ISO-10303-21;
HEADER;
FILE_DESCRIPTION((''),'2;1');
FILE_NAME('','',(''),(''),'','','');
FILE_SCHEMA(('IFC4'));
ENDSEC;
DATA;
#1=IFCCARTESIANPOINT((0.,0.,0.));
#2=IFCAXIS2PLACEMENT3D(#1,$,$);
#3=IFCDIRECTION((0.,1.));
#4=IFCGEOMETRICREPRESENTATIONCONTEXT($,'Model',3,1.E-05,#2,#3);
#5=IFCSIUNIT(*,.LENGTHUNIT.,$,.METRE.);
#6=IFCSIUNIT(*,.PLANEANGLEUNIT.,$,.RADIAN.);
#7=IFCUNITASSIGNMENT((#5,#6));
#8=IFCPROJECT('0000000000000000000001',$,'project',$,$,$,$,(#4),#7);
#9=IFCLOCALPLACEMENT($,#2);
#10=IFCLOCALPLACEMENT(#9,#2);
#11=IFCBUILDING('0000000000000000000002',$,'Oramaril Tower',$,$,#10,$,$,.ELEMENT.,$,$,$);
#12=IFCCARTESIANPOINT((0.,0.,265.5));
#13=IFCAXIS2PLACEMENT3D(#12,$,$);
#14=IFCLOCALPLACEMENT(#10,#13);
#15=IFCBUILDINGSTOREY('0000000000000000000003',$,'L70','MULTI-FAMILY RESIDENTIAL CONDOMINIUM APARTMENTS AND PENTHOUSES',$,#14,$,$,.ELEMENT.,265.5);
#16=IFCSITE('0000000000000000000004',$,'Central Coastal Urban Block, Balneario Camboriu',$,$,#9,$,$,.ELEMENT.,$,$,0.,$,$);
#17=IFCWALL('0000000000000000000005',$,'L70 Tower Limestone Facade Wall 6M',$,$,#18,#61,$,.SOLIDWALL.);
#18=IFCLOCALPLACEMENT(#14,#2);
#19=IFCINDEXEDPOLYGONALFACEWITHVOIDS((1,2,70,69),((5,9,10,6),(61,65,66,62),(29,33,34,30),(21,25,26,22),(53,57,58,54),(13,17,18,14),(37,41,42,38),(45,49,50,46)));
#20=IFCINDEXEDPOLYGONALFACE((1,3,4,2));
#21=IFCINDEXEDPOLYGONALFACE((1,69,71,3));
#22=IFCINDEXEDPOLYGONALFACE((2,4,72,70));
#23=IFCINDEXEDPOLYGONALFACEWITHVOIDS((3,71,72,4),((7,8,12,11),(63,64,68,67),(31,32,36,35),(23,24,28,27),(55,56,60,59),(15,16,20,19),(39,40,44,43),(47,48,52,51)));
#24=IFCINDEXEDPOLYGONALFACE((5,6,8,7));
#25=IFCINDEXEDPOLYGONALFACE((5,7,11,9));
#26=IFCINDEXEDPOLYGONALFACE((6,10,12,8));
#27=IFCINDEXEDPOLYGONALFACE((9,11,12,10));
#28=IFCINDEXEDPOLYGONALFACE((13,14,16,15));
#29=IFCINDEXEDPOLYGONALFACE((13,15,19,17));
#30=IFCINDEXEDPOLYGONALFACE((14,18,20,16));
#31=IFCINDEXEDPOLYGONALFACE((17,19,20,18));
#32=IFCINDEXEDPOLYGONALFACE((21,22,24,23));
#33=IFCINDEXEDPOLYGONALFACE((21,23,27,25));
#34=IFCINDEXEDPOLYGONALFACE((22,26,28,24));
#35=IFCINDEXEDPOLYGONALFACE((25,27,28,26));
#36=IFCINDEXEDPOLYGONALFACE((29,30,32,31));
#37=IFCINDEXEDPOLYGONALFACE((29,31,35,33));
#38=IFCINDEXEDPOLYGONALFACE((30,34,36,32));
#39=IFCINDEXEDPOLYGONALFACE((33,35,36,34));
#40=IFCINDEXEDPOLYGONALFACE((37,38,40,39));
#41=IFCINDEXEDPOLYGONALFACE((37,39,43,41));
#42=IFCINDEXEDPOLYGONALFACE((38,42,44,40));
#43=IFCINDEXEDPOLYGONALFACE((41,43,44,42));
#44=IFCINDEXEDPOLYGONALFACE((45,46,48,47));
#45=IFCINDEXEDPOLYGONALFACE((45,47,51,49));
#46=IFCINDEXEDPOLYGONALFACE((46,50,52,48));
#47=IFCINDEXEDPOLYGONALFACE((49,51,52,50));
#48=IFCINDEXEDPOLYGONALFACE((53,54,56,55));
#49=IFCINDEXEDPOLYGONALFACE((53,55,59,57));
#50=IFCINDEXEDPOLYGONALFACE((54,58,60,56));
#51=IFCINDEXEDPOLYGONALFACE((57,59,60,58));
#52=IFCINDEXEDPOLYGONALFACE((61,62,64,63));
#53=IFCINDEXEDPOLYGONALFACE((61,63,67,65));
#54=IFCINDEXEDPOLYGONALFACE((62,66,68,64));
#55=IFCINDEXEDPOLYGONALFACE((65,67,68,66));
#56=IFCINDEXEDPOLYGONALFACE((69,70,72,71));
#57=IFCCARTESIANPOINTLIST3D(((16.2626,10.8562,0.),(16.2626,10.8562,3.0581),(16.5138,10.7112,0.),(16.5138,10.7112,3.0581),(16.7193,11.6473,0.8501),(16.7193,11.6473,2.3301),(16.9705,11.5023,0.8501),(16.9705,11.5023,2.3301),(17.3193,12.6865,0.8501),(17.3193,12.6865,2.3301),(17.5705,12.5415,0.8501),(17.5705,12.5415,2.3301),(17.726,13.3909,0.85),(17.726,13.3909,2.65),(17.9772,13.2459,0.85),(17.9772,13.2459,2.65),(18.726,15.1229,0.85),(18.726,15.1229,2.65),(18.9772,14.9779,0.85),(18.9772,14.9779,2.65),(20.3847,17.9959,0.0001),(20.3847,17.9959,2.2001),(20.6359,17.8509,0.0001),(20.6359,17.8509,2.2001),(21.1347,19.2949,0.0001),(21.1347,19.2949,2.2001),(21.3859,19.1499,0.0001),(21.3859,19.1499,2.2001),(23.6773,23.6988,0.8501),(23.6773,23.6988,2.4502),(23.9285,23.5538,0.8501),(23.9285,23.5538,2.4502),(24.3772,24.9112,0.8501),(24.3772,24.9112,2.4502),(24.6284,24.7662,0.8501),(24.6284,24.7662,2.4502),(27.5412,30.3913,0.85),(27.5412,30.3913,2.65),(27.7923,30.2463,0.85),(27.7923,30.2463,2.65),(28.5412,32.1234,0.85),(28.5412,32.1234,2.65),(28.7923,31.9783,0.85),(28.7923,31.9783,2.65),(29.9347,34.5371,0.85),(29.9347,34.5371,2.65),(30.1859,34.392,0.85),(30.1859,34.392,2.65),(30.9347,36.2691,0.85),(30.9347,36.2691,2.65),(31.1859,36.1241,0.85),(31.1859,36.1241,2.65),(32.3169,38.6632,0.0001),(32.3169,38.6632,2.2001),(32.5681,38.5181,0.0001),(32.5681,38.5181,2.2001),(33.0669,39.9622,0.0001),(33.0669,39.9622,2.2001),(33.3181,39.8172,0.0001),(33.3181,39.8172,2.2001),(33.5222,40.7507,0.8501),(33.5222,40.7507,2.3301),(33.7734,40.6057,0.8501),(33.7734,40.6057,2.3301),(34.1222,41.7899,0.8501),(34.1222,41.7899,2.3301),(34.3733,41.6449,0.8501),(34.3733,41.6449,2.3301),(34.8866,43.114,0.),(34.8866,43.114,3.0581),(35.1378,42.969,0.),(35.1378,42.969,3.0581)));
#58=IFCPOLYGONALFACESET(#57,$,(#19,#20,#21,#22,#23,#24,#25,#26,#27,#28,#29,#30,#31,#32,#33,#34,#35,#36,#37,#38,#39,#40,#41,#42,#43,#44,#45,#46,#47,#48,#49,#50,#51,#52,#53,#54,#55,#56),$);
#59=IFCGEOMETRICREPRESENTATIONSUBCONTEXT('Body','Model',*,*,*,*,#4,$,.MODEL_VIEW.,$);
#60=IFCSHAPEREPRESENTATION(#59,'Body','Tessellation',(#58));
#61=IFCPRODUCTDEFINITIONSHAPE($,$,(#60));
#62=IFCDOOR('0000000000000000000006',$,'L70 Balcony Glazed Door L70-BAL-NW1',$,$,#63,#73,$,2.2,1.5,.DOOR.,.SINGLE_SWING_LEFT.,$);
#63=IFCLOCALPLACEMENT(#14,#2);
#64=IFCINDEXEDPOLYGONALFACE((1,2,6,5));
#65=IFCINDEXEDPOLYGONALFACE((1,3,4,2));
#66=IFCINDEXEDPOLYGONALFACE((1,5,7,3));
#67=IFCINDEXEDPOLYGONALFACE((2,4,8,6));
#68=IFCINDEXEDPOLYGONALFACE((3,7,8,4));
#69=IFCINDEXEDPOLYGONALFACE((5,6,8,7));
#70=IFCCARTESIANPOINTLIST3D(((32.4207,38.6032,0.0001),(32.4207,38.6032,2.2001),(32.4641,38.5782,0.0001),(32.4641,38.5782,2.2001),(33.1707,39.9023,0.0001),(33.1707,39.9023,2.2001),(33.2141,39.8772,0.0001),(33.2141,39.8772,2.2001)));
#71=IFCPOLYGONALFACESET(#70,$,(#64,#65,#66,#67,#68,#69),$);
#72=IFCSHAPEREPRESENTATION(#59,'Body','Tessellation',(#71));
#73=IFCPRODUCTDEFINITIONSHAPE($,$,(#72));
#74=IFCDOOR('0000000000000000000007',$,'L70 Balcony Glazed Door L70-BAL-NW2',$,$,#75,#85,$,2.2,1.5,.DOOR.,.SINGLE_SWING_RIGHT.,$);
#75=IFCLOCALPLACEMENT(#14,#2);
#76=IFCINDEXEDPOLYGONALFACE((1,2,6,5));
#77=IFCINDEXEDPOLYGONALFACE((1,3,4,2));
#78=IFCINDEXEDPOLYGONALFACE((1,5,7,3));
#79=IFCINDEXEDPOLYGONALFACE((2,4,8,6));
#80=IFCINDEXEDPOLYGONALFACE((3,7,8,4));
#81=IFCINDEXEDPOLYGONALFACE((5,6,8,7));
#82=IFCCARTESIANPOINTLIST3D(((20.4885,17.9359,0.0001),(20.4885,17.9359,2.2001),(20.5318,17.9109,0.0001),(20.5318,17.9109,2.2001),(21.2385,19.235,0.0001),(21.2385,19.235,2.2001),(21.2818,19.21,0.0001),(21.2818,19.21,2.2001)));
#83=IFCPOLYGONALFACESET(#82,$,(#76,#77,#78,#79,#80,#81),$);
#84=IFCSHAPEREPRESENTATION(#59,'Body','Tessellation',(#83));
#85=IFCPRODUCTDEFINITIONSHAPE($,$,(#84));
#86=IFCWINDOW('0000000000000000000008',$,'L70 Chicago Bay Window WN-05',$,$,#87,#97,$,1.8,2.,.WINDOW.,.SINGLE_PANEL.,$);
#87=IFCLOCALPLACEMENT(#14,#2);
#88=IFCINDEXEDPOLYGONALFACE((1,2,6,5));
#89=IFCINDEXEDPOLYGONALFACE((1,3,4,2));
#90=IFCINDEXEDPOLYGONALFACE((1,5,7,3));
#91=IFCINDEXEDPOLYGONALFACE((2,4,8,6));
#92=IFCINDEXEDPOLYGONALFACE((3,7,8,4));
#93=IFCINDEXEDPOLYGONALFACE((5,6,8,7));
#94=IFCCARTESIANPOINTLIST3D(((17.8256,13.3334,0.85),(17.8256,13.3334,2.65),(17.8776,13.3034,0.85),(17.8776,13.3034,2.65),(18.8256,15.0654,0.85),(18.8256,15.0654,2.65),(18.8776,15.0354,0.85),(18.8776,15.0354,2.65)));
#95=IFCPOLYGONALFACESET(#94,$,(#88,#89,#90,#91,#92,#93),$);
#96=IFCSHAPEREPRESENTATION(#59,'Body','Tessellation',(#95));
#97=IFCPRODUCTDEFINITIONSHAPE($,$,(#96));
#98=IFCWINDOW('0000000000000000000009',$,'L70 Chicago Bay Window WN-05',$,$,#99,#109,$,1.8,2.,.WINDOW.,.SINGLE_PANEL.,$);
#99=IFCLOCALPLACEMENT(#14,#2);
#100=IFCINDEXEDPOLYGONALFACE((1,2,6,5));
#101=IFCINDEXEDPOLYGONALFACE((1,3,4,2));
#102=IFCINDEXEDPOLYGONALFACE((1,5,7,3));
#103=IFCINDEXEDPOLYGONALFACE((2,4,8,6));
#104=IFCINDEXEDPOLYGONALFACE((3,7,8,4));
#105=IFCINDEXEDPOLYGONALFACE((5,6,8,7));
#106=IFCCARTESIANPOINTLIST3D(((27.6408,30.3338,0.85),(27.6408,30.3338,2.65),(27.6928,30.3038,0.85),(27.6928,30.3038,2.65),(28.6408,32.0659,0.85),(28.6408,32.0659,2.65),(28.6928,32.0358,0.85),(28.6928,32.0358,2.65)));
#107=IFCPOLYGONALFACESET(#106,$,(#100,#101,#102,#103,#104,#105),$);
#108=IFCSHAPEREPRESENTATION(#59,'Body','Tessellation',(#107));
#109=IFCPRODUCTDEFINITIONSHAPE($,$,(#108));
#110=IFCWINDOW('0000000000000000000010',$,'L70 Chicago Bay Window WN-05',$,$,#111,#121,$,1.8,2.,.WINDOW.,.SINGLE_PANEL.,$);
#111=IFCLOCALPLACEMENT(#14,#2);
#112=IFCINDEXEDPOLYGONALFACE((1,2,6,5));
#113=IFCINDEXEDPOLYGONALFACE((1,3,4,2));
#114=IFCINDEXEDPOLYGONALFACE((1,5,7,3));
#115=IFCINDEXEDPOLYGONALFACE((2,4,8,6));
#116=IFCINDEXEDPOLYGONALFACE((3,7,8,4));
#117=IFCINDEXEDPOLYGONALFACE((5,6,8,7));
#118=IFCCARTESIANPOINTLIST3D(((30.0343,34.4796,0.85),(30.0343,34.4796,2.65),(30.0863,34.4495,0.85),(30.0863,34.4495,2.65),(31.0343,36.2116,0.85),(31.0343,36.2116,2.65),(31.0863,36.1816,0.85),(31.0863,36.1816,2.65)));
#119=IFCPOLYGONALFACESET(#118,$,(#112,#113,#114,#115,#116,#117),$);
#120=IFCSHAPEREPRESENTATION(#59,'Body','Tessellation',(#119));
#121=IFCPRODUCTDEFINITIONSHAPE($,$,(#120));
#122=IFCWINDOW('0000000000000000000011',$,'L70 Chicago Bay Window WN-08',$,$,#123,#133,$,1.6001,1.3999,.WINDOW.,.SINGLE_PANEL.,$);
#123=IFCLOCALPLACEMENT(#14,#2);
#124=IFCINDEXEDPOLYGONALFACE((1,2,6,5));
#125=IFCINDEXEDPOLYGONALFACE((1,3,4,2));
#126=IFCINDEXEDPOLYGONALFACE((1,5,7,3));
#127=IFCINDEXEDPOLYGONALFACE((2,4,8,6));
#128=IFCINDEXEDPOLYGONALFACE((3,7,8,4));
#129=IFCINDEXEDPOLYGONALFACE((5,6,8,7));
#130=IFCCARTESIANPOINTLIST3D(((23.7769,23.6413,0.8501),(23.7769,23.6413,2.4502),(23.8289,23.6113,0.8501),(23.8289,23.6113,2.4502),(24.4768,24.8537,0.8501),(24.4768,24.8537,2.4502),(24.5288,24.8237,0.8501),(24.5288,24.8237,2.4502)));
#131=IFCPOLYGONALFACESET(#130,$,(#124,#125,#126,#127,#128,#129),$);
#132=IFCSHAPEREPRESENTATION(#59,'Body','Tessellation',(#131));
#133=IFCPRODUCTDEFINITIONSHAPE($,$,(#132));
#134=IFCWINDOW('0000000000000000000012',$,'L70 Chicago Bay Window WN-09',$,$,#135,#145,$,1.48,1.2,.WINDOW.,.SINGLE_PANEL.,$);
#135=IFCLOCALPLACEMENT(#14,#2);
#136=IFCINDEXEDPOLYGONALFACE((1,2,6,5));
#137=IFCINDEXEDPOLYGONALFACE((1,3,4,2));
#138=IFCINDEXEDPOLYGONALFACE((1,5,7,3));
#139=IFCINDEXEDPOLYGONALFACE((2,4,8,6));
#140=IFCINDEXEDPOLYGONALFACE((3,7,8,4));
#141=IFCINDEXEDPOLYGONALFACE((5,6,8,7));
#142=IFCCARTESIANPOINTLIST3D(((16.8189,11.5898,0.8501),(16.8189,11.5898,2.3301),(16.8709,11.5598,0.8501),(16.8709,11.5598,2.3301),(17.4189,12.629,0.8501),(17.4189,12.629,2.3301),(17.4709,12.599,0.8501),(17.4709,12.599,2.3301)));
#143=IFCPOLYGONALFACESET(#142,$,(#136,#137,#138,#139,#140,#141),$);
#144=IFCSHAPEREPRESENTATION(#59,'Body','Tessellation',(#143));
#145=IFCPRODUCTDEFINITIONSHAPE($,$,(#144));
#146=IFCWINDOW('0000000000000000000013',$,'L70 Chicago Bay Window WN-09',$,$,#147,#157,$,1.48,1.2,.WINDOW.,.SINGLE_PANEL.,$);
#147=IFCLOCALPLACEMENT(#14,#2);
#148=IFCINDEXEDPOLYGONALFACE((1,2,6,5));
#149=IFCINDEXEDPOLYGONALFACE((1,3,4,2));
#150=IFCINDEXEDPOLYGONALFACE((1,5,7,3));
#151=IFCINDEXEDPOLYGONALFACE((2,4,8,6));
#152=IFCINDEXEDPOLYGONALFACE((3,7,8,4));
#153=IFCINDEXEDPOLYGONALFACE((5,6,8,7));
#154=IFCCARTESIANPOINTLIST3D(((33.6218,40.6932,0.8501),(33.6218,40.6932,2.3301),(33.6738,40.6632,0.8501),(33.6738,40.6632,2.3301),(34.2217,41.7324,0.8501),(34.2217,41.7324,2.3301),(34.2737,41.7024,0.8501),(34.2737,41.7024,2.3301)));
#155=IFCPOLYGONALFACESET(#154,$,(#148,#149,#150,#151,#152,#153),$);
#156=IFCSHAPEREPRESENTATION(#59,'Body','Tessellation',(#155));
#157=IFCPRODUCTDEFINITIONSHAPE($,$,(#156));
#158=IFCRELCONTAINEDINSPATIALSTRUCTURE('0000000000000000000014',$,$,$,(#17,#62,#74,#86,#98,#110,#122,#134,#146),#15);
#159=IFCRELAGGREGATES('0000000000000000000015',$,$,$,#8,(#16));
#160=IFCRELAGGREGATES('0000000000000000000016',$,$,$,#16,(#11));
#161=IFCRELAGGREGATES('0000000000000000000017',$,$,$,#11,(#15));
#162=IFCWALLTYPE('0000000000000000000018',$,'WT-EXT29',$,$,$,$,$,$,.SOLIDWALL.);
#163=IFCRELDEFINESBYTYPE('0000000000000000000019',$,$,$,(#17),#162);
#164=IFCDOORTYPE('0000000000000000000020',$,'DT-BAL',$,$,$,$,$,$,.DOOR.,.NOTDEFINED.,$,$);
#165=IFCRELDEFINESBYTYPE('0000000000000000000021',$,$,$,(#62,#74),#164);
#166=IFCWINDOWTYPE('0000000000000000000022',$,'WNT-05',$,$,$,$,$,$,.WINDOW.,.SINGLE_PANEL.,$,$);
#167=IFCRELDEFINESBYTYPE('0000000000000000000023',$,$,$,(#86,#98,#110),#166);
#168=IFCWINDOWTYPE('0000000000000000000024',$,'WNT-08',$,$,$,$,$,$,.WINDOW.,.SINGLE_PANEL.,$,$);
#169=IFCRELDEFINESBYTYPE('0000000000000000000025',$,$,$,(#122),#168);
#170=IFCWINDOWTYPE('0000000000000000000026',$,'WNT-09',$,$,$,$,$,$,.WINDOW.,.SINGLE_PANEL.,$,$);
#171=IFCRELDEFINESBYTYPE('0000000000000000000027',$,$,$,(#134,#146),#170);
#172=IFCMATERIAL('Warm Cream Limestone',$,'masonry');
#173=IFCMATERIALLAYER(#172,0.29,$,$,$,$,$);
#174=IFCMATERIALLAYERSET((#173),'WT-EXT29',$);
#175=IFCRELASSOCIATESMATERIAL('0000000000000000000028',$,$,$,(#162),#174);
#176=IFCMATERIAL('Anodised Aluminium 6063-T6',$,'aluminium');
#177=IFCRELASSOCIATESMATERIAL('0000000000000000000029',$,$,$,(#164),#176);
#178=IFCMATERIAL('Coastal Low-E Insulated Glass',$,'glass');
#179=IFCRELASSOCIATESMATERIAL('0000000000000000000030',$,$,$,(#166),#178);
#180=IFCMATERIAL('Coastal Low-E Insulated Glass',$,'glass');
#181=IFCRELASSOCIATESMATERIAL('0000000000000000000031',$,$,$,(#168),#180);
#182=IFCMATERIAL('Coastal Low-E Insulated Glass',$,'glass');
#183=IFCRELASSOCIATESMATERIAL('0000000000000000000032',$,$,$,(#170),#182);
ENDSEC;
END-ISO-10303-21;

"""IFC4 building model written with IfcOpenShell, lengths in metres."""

from ifc_helpers import new_model, si_unit, direction, frame, frame_2d, origin, place, context, subcontext, project, spatial, rectangle, extrude, material, layer, layer_set, type_object, element, fill, save


model = new_model("IFC4")

# Units and contexts
model_context = context("Model", 3, precision=1e-05, world=origin(), true_north=direction((0.0, 1.0)))
body_context = subcontext(model_context, "Body", "Model", "MODEL_VIEW")
ifc_project = project(units=[si_unit("LENGTHUNIT", "METRE"), si_unit("PLANEANGLEUNIT", "RADIAN")], contexts=[model_context])

# Site, building, storey
site_placement = place(None, origin())
site = spatial("IfcSite", under=ifc_project, at=site_placement, Name="Central Coastal Urban Block, Balneario Camboriu", CompositionType="ELEMENT", RefElevation=0.0)
building_placement = place(site_placement, origin())
building = spatial("IfcBuilding", under=site, at=building_placement, Name="Oramaril Tower", CompositionType="ELEMENT")
storey_placement = place(building_placement, frame((0.0, 0.0, 265.5)))
storey = spatial("IfcBuildingStorey", under=building, at=storey_placement, Name="L70", Description="MULTI-FAMILY RESIDENTIAL CONDOMINIUM APARTMENTS AND PENTHOUSES", CompositionType="ELEMENT", Elevation=265.5)

# Shared definitions
ifc_material_1 = material(Name="Warm Cream Limestone", Category="masonry")
ifc_layer_1 = layer(ifc_material_1, 0.29)
ifc_layer_set_1 = layer_set([ifc_layer_1], Name="WT-EXT29")
wall_type_1 = type_object("IfcWallType", Name="WT-EXT29", PredefinedType="SOLIDWALL", material=ifc_layer_set_1)

# Wall, openings, doors, windows
wall_1_placement = place(storey_placement, frame((35.0122, 43.0415, 0.0), z_axis=(0.0, 0.0, 1.0), x_axis=(-0.499999, -0.866026, 0.0)))
wall_1 = element("IfcWall", 1, at=wall_1_placement, inside=storey, type_object=wall_type_1, Name="L70 Tower Limestone Facade Wall 6M", PredefinedType="SOLIDWALL", context=body_context, shape_type="SweptSolid", body=[
    extrude(rectangle(XDim=37.248, YDim=0.29, at=frame_2d((18.624, 0.0))), origin(), (0.0, 0.0, 1.0), 3.0581),
])
opening_1_placement = place(wall_1_placement, frame((3.6394, 0.0, 0.0)))
opening_1 = element("IfcOpeningElement", 2, at=opening_1_placement, cuts=wall_1, PredefinedType="OPENING", context=body_context, shape_type="SweptSolid", body=[
    extrude(rectangle(XDim=1.5, YDim=2.2, at=frame_2d((0.75, 1.1001))), frame((0.0, 0.145, 0.0), z_axis=(0.0, -1.0, 0.0), x_axis=(1.0, 0.0, 0.0)), (0.0, 0.0, 1.0), 0.29),
])
opening_2_placement = place(wall_1_placement, frame((27.5039, 0.0, 0.0)))
opening_2 = element("IfcOpeningElement", 3, at=opening_2_placement, cuts=wall_1, PredefinedType="OPENING", context=body_context, shape_type="SweptSolid", body=[
    extrude(rectangle(XDim=1.5, YDim=2.2, at=frame_2d((0.75, 1.1001))), frame((0.0, 0.145, 0.0), z_axis=(0.0, -1.0, 0.0), x_axis=(1.0, 0.0, 0.0)), (0.0, 0.0, 1.0), 0.29),
])
opening_3_placement = place(wall_1_placement, frame((35.1345, 0.0, 0.8501)))
opening_3 = element("IfcOpeningElement", 4, at=opening_3_placement, cuts=wall_1, PredefinedType="OPENING", context=body_context, shape_type="SweptSolid", body=[
    extrude(rectangle(XDim=1.2, YDim=1.48, at=frame_2d((0.6001, 0.74))), frame((0.0, 0.145, 0.0), z_axis=(0.0, -1.0, 0.0), x_axis=(1.0, 0.0, 0.0)), (0.0, 0.0, 1.0), 0.29),
])
opening_4_placement = place(wall_1_placement, frame((32.3213, 0.0, 0.8501)))
opening_4 = element("IfcOpeningElement", 5, at=opening_4_placement, cuts=wall_1, PredefinedType="OPENING", context=body_context, shape_type="SweptSolid", body=[
    extrude(rectangle(XDim=2.0, YDim=1.8, at=frame_2d((1.0, 0.8999))), frame((0.0, 0.145, 0.0), z_axis=(0.0, -1.0, 0.0), x_axis=(1.0, 0.0, 0.0)), (0.0, 0.0, 1.0), 0.29),
])
opening_5_placement = place(wall_1_placement, frame((12.6909, 0.0, 0.8501)))
opening_5 = element("IfcOpeningElement", 6, at=opening_5_placement, cuts=wall_1, PredefinedType="OPENING", context=body_context, shape_type="SweptSolid", body=[
    extrude(rectangle(XDim=2.0, YDim=1.8, at=frame_2d((1.0, 0.8999))), frame((0.0, 0.145, 0.0), z_axis=(0.0, -1.0, 0.0), x_axis=(1.0, 0.0, 0.0)), (0.0, 0.0, 1.0), 0.29),
])
opening_6_placement = place(wall_1_placement, frame((21.0188, 0.0, 0.8501)))
opening_6 = element("IfcOpeningElement", 7, at=opening_6_placement, cuts=wall_1, PredefinedType="OPENING", context=body_context, shape_type="SweptSolid", body=[
    extrude(rectangle(XDim=1.3999, YDim=1.6001, at=frame_2d((0.7, 0.8))), frame((0.0, 0.145, 0.0), z_axis=(0.0, -1.0, 0.0), x_axis=(1.0, 0.0, 0.0)), (0.0, 0.0, 1.0), 0.29),
])
opening_7_placement = place(wall_1_placement, frame((1.5288, 0.0, 0.8501)))
opening_7 = element("IfcOpeningElement", 8, at=opening_7_placement, cuts=wall_1, PredefinedType="OPENING", context=body_context, shape_type="SweptSolid", body=[
    extrude(rectangle(XDim=1.2, YDim=1.48, at=frame_2d((0.6001, 0.74))), frame((0.0, 0.145, 0.0), z_axis=(0.0, -1.0, 0.0), x_axis=(1.0, 0.0, 0.0)), (0.0, 0.0, 1.0), 0.29),
])
opening_8_placement = place(wall_1_placement, frame((7.9038, 0.0, 0.8501)))
opening_8 = element("IfcOpeningElement", 9, at=opening_8_placement, cuts=wall_1, PredefinedType="OPENING", context=body_context, shape_type="SweptSolid", body=[
    extrude(rectangle(XDim=2.0, YDim=1.8, at=frame_2d((1.0, 0.8999))), frame((0.0, 0.145, 0.0), z_axis=(0.0, -1.0, 0.0), x_axis=(1.0, 0.0, 0.0)), (0.0, 0.0, 1.0), 0.29),
])
ifc_material_2 = material(Name="Anodised Aluminium 6063-T6", Category="aluminium")
door_type_1 = type_object("IfcDoorType", Name="DT-BAL", OperationType="NOTDEFINED", PredefinedType="DOOR", material=ifc_material_2)
door_1_placement = place(opening_1_placement, origin())
door_1 = element("IfcDoor", 10, at=door_1_placement, inside=storey, type_object=door_type_1, Name="L70 Balcony Glazed Door L70-BAL-NW1", OperationType="SINGLE_SWING_LEFT", OverallHeight=2.2, OverallWidth=1.5, PredefinedType="DOOR", context=body_context, shape_type="SweptSolid", body=[
    extrude(rectangle(XDim=1.5, YDim=2.2, at=frame_2d((0.75, 1.1001))), frame((0.0, 0.0249, 0.0), z_axis=(0.0, -1.0, 0.0), x_axis=(1.0, 0.0, 0.0)), (0.0, 0.0, 1.0), 0.05),
])
fill(opening_1, door_1)
door_2_placement = place(opening_2_placement, origin())
door_2 = element("IfcDoor", 11, at=door_2_placement, inside=storey, type_object=door_type_1, Name="L70 Balcony Glazed Door L70-BAL-NW2", OperationType="SINGLE_SWING_RIGHT", OverallHeight=2.2, OverallWidth=1.5, PredefinedType="DOOR", context=body_context, shape_type="SweptSolid", body=[
    extrude(rectangle(XDim=1.5, YDim=2.2, at=frame_2d((0.75, 1.1001))), frame((0.0, 0.0249, 0.0), z_axis=(0.0, -1.0, 0.0), x_axis=(1.0, 0.0, 0.0)), (0.0, 0.0, 1.0), 0.05),
])
fill(opening_2, door_2)
ifc_material_3 = material(Name="Coastal Low-E Insulated Glass", Category="glass")
window_type_1 = type_object("IfcWindowType", Name="WNT-05", PartitioningType="SINGLE_PANEL", PredefinedType="WINDOW", material=ifc_material_3)
window_1_placement = place(opening_4_placement, origin())
window_1 = element("IfcWindow", 12, at=window_1_placement, inside=storey, type_object=window_type_1, Name="L70 Chicago Bay Window WN-05", OverallHeight=1.8, OverallWidth=2.0, PartitioningType="SINGLE_PANEL", PredefinedType="WINDOW", context=body_context, shape_type="SweptSolid", body=[
    extrude(rectangle(XDim=2.0, YDim=1.8, at=frame_2d((1.0, 0.8999))), frame((0.0, 0.03, 0.0), z_axis=(0.0, -1.0, 0.0), x_axis=(1.0, 0.0, 0.0)), (0.0, 0.0, 1.0), 0.0601),
])
fill(opening_4, window_1)
window_2_placement = place(opening_5_placement, origin())
window_2 = element("IfcWindow", 13, at=window_2_placement, inside=storey, type_object=window_type_1, Name="L70 Chicago Bay Window WN-05", OverallHeight=1.8, OverallWidth=2.0, PartitioningType="SINGLE_PANEL", PredefinedType="WINDOW", context=body_context, shape_type="SweptSolid", body=[
    extrude(rectangle(XDim=2.0, YDim=1.8, at=frame_2d((1.0, 0.8999))), frame((0.0, 0.03, 0.0), z_axis=(0.0, -1.0, 0.0), x_axis=(1.0, 0.0, 0.0)), (0.0, 0.0, 1.0), 0.0601),
])
fill(opening_5, window_2)
window_3_placement = place(opening_8_placement, origin())
window_3 = element("IfcWindow", 14, at=window_3_placement, inside=storey, type_object=window_type_1, Name="L70 Chicago Bay Window WN-05", OverallHeight=1.8, OverallWidth=2.0, PartitioningType="SINGLE_PANEL", PredefinedType="WINDOW", context=body_context, shape_type="SweptSolid", body=[
    extrude(rectangle(XDim=2.0, YDim=1.8, at=frame_2d((1.0, 0.8999))), frame((0.0, 0.03, 0.0), z_axis=(0.0, -1.0, 0.0), x_axis=(1.0, 0.0, 0.0)), (0.0, 0.0, 1.0), 0.0601),
])
fill(opening_8, window_3)
ifc_material_4 = material(Name="Coastal Low-E Insulated Glass", Category="glass")
window_type_2 = type_object("IfcWindowType", Name="WNT-08", PartitioningType="SINGLE_PANEL", PredefinedType="WINDOW", material=ifc_material_4)
window_4_placement = place(opening_6_placement, origin())
window_4 = element("IfcWindow", 15, at=window_4_placement, inside=storey, type_object=window_type_2, Name="L70 Chicago Bay Window WN-08", OverallHeight=1.6001, OverallWidth=1.3999, PartitioningType="SINGLE_PANEL", PredefinedType="WINDOW", context=body_context, shape_type="SweptSolid", body=[
    extrude(rectangle(XDim=1.3999, YDim=1.6001, at=frame_2d((0.7, 0.8))), frame((0.0, 0.03, 0.0), z_axis=(0.0, -1.0, 0.0), x_axis=(1.0, 0.0, 0.0)), (0.0, 0.0, 1.0), 0.0601),
])
fill(opening_6, window_4)
ifc_material_5 = material(Name="Coastal Low-E Insulated Glass", Category="glass")
window_type_3 = type_object("IfcWindowType", Name="WNT-09", PartitioningType="SINGLE_PANEL", PredefinedType="WINDOW", material=ifc_material_5)
window_5_placement = place(opening_3_placement, origin())
window_5 = element("IfcWindow", 16, at=window_5_placement, inside=storey, type_object=window_type_3, Name="L70 Chicago Bay Window WN-09", OverallHeight=1.48, OverallWidth=1.2, PartitioningType="SINGLE_PANEL", PredefinedType="WINDOW", context=body_context, shape_type="SweptSolid", body=[
    extrude(rectangle(XDim=1.2, YDim=1.48, at=frame_2d((0.6001, 0.74))), frame((0.0, 0.03, 0.0), z_axis=(0.0, -1.0, 0.0), x_axis=(1.0, 0.0, 0.0)), (0.0, 0.0, 1.0), 0.0601),
])
fill(opening_3, window_5)
window_6_placement = place(opening_7_placement, origin())
window_6 = element("IfcWindow", 17, at=window_6_placement, inside=storey, type_object=window_type_3, Name="L70 Chicago Bay Window WN-09", OverallHeight=1.48, OverallWidth=1.2, PartitioningType="SINGLE_PANEL", PredefinedType="WINDOW", context=body_context, shape_type="SweptSolid", body=[
    extrude(rectangle(XDim=1.2, YDim=1.48, at=frame_2d((0.6001, 0.74))), frame((0.0, 0.03, 0.0), z_axis=(0.0, -1.0, 0.0), x_axis=(1.0, 0.0, 0.0)), (0.0, 0.0, 1.0), 0.0601),
])
fill(opening_7, window_6)

save(model, "model.ifc")
